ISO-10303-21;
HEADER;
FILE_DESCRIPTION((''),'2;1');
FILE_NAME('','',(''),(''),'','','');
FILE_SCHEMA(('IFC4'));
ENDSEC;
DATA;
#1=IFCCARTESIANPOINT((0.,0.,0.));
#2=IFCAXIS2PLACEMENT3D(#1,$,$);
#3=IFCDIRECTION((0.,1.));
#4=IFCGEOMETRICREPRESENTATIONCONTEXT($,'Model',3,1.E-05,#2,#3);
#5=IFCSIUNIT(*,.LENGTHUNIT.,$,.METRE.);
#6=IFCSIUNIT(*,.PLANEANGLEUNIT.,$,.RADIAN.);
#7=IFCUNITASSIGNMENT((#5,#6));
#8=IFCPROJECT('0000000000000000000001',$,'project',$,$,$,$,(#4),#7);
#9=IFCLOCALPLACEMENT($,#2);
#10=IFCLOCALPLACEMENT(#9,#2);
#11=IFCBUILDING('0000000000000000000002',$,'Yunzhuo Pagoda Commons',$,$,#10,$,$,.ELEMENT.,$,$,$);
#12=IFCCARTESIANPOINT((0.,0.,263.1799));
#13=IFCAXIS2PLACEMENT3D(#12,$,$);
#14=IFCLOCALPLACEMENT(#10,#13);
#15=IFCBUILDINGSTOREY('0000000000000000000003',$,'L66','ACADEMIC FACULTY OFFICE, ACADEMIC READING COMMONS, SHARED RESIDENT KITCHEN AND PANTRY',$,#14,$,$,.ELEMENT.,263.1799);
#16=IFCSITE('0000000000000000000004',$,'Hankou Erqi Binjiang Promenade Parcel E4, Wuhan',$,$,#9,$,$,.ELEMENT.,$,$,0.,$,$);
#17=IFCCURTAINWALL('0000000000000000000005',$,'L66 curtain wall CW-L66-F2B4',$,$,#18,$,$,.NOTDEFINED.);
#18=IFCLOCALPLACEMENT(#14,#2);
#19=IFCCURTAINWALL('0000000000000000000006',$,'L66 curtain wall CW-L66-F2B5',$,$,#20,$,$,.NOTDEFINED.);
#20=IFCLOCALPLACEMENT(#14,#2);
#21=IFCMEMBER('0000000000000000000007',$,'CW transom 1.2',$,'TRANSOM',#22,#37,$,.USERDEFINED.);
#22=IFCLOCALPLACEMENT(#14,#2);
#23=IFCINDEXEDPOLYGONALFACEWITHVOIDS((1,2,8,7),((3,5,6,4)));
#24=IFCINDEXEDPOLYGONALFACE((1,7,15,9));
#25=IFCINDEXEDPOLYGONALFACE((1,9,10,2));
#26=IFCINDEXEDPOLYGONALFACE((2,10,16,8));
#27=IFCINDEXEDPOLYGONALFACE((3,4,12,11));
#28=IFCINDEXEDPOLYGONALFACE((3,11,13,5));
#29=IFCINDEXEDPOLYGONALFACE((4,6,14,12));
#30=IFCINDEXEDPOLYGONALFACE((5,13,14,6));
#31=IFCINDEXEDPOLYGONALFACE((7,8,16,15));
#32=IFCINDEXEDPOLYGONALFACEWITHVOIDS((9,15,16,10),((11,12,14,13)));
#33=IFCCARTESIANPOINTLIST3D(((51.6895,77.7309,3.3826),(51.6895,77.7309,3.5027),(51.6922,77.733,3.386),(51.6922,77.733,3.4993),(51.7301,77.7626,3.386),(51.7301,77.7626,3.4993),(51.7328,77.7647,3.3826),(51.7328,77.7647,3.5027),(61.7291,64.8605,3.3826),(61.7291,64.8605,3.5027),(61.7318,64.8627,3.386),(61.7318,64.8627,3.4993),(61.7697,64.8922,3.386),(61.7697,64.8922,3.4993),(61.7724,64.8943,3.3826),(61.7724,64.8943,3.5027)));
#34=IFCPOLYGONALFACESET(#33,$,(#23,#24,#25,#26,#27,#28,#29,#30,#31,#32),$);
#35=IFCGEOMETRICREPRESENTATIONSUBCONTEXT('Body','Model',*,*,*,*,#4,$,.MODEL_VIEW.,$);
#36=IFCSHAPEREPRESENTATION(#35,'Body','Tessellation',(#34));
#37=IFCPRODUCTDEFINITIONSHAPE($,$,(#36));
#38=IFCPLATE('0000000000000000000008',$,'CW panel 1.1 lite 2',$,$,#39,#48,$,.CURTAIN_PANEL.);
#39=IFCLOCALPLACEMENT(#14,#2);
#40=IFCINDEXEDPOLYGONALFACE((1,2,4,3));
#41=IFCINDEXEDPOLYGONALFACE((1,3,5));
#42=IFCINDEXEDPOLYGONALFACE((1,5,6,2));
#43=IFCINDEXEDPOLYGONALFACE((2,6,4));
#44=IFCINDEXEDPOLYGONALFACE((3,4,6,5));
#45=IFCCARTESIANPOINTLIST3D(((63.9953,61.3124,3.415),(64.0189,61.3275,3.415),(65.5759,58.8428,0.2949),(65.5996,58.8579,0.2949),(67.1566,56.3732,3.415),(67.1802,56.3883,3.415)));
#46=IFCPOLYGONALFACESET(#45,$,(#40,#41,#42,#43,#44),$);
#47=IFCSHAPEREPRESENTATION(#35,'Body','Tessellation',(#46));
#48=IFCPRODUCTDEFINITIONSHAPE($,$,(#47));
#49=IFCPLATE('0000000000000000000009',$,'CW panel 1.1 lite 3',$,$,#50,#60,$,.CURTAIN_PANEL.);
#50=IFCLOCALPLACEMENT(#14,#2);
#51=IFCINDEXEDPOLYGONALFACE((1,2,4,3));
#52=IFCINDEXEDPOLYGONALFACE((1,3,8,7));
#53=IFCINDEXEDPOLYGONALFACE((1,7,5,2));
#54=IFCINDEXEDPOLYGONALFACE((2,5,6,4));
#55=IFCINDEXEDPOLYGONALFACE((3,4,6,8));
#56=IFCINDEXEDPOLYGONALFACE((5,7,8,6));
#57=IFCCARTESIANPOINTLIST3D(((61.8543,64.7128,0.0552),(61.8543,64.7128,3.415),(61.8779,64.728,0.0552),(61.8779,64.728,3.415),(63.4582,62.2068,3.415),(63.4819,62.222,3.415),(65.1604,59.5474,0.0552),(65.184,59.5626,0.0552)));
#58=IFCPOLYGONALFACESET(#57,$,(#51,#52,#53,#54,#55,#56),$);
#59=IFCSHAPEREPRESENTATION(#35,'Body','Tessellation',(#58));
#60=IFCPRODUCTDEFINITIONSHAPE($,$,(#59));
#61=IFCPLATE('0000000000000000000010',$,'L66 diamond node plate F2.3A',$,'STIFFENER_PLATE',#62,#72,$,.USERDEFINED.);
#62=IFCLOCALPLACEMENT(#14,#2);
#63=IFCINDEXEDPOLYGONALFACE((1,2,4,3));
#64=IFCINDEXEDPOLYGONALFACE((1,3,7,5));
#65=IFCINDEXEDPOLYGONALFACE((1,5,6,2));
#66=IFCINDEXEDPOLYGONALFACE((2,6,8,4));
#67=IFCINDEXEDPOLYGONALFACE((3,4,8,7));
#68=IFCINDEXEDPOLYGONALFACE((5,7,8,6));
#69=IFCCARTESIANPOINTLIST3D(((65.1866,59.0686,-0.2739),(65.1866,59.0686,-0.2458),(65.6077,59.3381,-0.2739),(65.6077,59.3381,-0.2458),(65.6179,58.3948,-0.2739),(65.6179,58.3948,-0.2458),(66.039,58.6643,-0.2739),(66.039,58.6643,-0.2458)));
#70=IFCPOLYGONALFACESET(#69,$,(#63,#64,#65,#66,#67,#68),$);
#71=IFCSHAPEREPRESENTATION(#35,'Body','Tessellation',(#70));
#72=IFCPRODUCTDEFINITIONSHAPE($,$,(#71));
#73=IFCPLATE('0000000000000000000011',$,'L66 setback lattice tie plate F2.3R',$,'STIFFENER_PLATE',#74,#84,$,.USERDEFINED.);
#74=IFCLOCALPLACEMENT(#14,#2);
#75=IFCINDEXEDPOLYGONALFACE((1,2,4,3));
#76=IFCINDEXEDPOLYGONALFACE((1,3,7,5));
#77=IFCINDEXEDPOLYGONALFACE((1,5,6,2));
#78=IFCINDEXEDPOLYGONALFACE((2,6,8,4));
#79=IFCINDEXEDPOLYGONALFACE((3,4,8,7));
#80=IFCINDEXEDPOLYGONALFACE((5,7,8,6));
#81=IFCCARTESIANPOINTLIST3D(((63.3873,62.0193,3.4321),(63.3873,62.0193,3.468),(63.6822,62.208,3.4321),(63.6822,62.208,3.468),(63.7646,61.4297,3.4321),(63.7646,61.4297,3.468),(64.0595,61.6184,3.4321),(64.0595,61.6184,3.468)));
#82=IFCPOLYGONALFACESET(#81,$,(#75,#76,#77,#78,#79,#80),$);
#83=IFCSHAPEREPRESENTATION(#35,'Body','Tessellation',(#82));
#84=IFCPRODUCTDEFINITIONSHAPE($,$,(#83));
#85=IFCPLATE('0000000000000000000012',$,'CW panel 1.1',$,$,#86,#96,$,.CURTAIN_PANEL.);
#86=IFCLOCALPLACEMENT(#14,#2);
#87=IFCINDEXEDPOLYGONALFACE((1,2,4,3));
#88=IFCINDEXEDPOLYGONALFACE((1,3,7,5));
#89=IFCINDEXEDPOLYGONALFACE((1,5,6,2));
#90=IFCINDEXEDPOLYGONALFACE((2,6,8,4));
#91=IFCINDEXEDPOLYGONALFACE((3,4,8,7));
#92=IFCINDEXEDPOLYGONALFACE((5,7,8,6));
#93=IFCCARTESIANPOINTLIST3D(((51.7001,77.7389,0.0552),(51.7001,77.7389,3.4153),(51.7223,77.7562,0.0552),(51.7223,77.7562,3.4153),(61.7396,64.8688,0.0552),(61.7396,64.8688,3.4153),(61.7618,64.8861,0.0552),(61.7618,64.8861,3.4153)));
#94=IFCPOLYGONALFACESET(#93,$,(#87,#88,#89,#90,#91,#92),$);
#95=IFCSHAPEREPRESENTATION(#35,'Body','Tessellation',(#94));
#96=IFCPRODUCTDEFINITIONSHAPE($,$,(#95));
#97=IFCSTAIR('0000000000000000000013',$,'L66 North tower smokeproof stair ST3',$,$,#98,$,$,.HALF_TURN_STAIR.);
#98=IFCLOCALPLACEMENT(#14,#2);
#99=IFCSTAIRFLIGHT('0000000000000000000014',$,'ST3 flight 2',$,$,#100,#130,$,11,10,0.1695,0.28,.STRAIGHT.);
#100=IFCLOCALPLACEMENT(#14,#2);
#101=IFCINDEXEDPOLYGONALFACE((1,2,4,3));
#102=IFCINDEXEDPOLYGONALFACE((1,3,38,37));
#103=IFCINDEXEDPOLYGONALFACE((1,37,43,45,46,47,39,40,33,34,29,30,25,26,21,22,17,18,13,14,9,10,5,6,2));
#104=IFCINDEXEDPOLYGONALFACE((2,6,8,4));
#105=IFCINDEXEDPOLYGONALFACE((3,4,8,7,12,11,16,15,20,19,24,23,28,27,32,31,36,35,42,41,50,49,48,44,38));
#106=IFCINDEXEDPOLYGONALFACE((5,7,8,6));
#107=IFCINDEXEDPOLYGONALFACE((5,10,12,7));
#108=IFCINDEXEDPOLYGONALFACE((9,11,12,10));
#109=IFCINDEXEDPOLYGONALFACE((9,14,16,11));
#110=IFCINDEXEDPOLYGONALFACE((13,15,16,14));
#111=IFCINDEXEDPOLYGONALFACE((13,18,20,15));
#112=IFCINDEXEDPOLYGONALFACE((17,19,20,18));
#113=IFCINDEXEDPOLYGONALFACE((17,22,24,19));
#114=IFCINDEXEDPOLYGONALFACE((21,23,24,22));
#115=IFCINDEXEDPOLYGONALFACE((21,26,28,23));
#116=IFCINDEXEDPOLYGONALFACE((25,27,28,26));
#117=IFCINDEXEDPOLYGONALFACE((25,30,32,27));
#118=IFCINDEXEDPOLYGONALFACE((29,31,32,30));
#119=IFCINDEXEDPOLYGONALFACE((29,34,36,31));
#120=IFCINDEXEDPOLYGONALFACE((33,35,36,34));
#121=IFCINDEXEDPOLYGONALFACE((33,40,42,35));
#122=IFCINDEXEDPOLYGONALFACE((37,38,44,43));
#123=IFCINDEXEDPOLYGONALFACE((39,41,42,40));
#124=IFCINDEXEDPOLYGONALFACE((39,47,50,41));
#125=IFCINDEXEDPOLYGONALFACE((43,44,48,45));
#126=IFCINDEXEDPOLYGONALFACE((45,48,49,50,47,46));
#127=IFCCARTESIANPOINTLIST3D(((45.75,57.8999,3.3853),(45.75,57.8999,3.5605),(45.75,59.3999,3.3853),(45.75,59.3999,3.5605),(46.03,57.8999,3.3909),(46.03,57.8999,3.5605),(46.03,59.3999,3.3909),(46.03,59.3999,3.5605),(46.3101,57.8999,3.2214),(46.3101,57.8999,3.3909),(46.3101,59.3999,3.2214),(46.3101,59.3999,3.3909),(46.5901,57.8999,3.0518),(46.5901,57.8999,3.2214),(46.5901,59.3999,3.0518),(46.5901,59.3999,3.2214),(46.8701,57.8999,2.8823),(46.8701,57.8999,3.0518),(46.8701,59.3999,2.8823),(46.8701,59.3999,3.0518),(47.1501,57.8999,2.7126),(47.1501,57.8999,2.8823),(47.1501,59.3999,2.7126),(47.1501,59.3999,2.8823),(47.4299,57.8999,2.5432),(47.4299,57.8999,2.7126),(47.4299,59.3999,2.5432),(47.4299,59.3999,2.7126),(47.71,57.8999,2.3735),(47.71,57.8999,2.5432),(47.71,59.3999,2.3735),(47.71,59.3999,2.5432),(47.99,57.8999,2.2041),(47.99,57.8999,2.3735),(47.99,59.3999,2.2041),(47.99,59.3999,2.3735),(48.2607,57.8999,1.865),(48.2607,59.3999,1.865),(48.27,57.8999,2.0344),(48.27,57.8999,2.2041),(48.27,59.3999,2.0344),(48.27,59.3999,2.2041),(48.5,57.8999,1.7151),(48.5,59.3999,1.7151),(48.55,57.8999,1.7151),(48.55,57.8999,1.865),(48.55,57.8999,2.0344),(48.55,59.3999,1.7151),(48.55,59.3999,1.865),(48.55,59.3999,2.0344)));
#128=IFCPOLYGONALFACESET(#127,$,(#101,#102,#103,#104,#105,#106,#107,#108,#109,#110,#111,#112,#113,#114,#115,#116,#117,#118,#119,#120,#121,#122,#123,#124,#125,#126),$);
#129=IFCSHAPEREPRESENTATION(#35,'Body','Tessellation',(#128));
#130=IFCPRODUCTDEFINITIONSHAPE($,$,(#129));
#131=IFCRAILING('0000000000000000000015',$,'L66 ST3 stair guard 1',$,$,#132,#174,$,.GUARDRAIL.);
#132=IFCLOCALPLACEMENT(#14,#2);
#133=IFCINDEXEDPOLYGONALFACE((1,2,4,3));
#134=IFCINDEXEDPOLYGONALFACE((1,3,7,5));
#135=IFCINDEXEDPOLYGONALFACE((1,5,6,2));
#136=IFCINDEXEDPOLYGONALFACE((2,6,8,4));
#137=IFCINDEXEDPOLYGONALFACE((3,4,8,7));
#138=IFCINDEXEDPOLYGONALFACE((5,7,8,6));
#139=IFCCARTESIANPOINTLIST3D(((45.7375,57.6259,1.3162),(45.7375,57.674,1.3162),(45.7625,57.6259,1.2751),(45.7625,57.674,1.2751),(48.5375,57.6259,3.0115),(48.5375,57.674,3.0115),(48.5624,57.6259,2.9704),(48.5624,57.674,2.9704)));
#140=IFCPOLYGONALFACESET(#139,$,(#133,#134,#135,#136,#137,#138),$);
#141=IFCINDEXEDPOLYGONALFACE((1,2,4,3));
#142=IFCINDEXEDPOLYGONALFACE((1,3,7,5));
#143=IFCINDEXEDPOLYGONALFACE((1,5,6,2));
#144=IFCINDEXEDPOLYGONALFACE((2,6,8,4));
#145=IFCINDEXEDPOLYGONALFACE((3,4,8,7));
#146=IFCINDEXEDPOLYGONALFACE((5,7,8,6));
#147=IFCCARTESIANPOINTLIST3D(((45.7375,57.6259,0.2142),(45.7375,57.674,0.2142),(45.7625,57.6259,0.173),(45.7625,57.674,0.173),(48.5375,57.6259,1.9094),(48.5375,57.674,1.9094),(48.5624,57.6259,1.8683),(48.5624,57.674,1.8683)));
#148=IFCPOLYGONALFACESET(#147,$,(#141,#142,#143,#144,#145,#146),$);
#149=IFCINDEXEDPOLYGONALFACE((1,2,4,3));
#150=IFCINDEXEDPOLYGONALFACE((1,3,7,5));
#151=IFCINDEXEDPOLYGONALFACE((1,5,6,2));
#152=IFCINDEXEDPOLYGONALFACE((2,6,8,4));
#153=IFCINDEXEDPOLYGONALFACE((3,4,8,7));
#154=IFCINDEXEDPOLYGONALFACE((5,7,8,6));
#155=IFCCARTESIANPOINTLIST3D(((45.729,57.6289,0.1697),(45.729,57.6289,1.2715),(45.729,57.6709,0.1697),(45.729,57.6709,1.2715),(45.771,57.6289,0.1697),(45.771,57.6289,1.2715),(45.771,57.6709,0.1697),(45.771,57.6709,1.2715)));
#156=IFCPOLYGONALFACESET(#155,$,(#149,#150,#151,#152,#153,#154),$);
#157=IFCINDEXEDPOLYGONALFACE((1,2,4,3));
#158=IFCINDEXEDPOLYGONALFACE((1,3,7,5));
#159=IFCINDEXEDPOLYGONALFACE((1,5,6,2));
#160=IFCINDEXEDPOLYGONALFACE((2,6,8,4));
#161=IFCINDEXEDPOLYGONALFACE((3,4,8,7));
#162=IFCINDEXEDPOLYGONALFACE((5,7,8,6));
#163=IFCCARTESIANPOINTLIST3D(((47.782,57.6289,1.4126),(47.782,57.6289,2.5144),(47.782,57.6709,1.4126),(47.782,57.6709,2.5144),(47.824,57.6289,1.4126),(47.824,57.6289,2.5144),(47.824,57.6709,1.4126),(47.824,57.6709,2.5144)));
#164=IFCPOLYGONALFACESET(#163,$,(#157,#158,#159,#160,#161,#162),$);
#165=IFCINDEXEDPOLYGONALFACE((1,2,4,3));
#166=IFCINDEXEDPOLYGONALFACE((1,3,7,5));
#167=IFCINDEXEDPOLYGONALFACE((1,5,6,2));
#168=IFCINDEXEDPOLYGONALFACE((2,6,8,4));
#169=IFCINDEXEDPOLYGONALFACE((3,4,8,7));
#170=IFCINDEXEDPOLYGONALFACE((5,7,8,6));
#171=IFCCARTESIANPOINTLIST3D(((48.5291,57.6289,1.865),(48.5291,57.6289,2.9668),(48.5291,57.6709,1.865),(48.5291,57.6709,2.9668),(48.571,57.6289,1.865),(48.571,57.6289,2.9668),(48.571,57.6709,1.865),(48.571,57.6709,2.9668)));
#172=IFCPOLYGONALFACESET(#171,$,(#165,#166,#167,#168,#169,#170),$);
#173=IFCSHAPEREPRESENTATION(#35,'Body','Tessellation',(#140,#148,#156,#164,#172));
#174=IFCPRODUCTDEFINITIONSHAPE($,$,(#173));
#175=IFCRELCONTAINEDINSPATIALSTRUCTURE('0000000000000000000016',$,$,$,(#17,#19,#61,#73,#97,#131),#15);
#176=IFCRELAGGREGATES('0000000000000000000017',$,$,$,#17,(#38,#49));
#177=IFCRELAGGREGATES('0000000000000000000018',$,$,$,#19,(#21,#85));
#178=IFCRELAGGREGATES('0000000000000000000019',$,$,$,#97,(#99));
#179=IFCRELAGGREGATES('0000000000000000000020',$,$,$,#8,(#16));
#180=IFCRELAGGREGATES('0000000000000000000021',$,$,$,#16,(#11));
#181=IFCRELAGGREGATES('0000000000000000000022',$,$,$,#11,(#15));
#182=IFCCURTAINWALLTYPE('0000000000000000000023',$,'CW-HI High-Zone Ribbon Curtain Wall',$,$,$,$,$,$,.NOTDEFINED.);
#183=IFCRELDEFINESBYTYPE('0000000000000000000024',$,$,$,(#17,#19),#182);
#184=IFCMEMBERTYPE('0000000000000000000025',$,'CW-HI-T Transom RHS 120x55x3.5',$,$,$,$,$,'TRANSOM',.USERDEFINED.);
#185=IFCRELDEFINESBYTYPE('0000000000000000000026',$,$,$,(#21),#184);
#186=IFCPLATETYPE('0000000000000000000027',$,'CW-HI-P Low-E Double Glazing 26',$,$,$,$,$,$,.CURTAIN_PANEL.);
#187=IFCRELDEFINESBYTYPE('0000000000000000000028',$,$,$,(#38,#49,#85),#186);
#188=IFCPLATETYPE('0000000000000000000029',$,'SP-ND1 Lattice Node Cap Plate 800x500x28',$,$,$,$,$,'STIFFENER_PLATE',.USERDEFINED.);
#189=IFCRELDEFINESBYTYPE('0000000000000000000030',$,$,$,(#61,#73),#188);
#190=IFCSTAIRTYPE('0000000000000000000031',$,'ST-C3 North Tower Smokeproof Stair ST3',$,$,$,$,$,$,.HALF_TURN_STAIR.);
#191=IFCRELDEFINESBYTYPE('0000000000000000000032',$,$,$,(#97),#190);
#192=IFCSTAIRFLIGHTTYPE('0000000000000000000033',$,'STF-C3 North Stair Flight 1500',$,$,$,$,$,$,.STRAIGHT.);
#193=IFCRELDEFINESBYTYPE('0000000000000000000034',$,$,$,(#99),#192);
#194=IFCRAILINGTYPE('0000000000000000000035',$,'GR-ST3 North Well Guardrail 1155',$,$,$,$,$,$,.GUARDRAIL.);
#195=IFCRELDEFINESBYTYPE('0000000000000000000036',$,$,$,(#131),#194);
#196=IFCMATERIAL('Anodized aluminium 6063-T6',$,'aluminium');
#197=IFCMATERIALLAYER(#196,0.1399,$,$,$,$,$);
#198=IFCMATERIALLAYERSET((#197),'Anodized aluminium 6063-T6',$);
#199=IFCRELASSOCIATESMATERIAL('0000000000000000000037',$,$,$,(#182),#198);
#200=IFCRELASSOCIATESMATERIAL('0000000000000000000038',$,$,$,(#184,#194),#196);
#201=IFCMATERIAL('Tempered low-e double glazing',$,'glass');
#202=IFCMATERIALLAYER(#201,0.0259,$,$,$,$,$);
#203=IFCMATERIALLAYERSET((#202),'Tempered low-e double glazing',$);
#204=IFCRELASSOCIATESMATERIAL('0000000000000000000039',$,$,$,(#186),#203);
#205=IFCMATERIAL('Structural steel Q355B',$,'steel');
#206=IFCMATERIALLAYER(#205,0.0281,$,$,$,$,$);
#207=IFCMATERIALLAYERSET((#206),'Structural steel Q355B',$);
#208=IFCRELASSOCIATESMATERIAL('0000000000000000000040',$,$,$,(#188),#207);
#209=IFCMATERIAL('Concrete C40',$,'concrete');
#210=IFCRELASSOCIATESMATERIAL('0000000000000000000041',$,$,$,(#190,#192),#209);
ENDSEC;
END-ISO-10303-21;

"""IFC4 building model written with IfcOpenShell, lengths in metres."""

from ifc_helpers import new_model, si_unit, direction, frame, origin, origin_2d, place, context, subcontext, project, spatial, polyline, rectangle, hollow_rectangle, outline, extrude, source, transform, mapped, material, layer, layer_set, material_profile, profile_set, type_object, element, aggregate, save


model = new_model("IFC4")

# Units and contexts
model_context = context("Model", 3, precision=1e-05, world=origin(), true_north=direction((0.0, 1.0)))
body_context = subcontext(model_context, "Body", "Model", "MODEL_VIEW")
ifc_project = project(units=[si_unit("LENGTHUNIT", "METRE"), si_unit("PLANEANGLEUNIT", "RADIAN")], contexts=[model_context])

# Site, building, storey
site_placement = place(None, origin())
site = spatial("IfcSite", under=ifc_project, at=site_placement, Name="Hankou Erqi Binjiang Promenade Parcel E4, Wuhan", CompositionType="ELEMENT", RefElevation=0.0)
building_placement = place(site_placement, origin())
building = spatial("IfcBuilding", under=site, at=building_placement, Name="Yunzhuo Pagoda Commons", CompositionType="ELEMENT")
storey_placement = place(building_placement, frame((0.0, 0.0, 263.1799)))
storey = spatial("IfcBuildingStorey", under=building, at=storey_placement, Name="L66", Description="ACADEMIC FACULTY OFFICE, ACADEMIC READING COMMONS, SHARED RESIDENT KITCHEN AND PANTRY", CompositionType="ELEMENT", Elevation=263.1799)

# Shared definitions
ifc_material_1 = material(Name="Structural steel Q355B", Category="steel")

# Curtain wall
ifc_material_2 = material(Name="Anodized aluminium 6063-T6", Category="aluminium")
ifc_layer_1 = layer(ifc_material_2, 0.1399)
ifc_layer_set_1 = layer_set([ifc_layer_1], Name="Anodized aluminium 6063-T6")
curtain_wall_type = type_object("IfcCurtainWallType", Name="CW-HI High-Zone Ribbon Curtain Wall", PredefinedType="NOTDEFINED", material=ifc_layer_set_1)
curtain_wall_1_placement = place(storey_placement, origin())
curtain_wall_1 = element("IfcCurtainWall", 1, at=curtain_wall_1_placement, inside=storey, type_object=curtain_wall_type, Name="L66 curtain wall CW-L66-F2B4", PredefinedType="NOTDEFINED")

# Curtain wall, member
curtain_wall_2_placement = place(storey_placement, origin())
curtain_wall_2 = element("IfcCurtainWall", 2, at=curtain_wall_2_placement, inside=storey, type_object=curtain_wall_type, Name="L66 curtain wall CW-L66-F2B5", PredefinedType="NOTDEFINED")
ifc_material_profile_1 = material_profile(ifc_material_2, hollow_rectangle(XDim=0.0549, YDim=0.1201, WallThickness=0.0034, at=origin_2d()), Name="Anodized aluminium 6063-T6")
ifc_profile_set_1 = profile_set([ifc_material_profile_1], Name="Anodized aluminium 6063-T6")
member_type_1 = type_object("IfcMemberType", Name="CW-HI-T Transom RHS 120x55x3.5", ElementType="TRANSOM", PredefinedType="USERDEFINED", material=ifc_profile_set_1)
shared_shape_1 = source(origin(), body_context, "Body", "SweptSolid", [
    extrude(hollow_rectangle(XDim=0.0549, YDim=0.1201, WallThickness=0.0034, at=origin_2d()), origin(), (0.0, 0.0, 1.0), 16.323),
])
member_1_placement = place(storey_placement, frame((61.7507, 64.8774, 3.4426), z_axis=(-0.615057, 0.788482, 0.0), x_axis=(-0.788482, -0.615057, 0.0)))
member_1 = element("IfcMember", 3, at=member_1_placement, type_object=member_type_1, Name="CW transom 1.2", ObjectType="TRANSOM", PredefinedType="USERDEFINED", context=body_context, shape_type="MappedRepresentation", body=[
    mapped(shared_shape_1, transform((0.0, 0.0, 0.0), scale=1.0)),
])

# Plates
ifc_material_3 = material(Name="Tempered low-e double glazing", Category="glass")
ifc_layer_2 = layer(ifc_material_3, 0.0259)
ifc_layer_set_2 = layer_set([ifc_layer_2], Name="Tempered low-e double glazing")
plate_type_1 = type_object("IfcPlateType", Name="CW-HI-P Low-E Double Glazing 26", PredefinedType="CURTAIN_PANEL", material=ifc_layer_set_2)
plate_1_placement = place(storey_placement, frame((65.5759, 58.8428, 1.855), z_axis=(0.842256, 0.539078, 0.0), x_axis=(-0.539078, 0.842256, 0.0)))
plate_1 = element("IfcPlate", 4, at=plate_1_placement, type_object=plate_type_1, Name="CW panel 1.1 lite 2", PredefinedType="CURTAIN_PANEL", context=body_context, shape_type="SweptSolid", body=[
    extrude(outline(polyline([(-2.9321, 1.5601), (0.0, -1.5601), (2.9321, 1.5601), (-2.9321, 1.5601)])), origin(), (0.0, 0.0, 1.0), 0.0281),
])
plate_2_placement = place(storey_placement, frame((63.5073, 62.1301, 1.7351), z_axis=(0.842256, 0.539078, 0.0), x_axis=(-0.539078, 0.842256, 0.0)))
plate_2 = element("IfcPlate", 5, at=plate_2_placement, type_object=plate_type_1, Name="CW panel 1.1 lite 3", PredefinedType="CURTAIN_PANEL", context=body_context, shape_type="SweptSolid", body=[
    extrude(outline(polyline([(-3.0664, -1.6799), (3.0664, -1.6799), (3.0664, 1.6799), (0.0911, 1.6799), (-3.0664, -1.6799)])), origin(), (0.0, 0.0, 1.0), 0.0281),
])
aggregate(curtain_wall_1, [plate_1, plate_2])

# Plates
ifc_layer_3 = layer(ifc_material_1, 0.0281)
ifc_layer_set_3 = layer_set([ifc_layer_3], Name="Structural steel Q355B")
plate_type_2 = type_object("IfcPlateType", Name="SP-ND1 Lattice Node Cap Plate 800x500x28", ElementType="STIFFENER_PLATE", PredefinedType="USERDEFINED", material=ifc_layer_set_3)
shared_shape_2 = source(origin(), body_context, "Body", "SweptSolid", [
    extrude(rectangle(XDim=0.8, YDim=0.5, at=origin_2d()), origin(), (0.0, 0.0, 1.0), 0.0281),
])
plate_3_placement = place(storey_placement, frame((65.6128, 58.8665, -0.2739), z_axis=(0.0, 0.0, 1.0), x_axis=(-0.53908, 0.842255, 0.0)))
element("IfcPlate", 6, at=plate_3_placement, inside=storey, type_object=plate_type_2, Name="L66 diamond node plate F2.3A", ObjectType="STIFFENER_PLATE", PredefinedType="USERDEFINED", context=body_context, shape_type="MappedRepresentation", body=[
    mapped(shared_shape_2, transform((0.0, 0.0, 0.0), scale=1.0)),
])
shared_shape_3 = source(origin(), body_context, "Body", "SweptSolid", [
    extrude(rectangle(XDim=0.7, YDim=0.3501, at=origin_2d()), origin(), (0.0, 0.0, 1.0), 0.0359),
])
plate_4_placement = place(storey_placement, frame((63.7234, 61.8188, 3.4321), z_axis=(0.0, 0.0, 1.0), x_axis=(-0.53908, 0.842255, 0.0)))
element("IfcPlate", 7, at=plate_4_placement, inside=storey, type_object=plate_type_2, Name="L66 setback lattice tie plate F2.3R", ObjectType="STIFFENER_PLATE", PredefinedType="USERDEFINED", context=body_context, shape_type="MappedRepresentation", body=[
    mapped(shared_shape_3, transform((0.0, 0.0, 0.0), scale=1.0)),
])

# Plate
shared_shape_4 = source(origin(), body_context, "Body", "SweptSolid", [
    extrude(rectangle(XDim=16.3228, YDim=0.0281, at=origin_2d()), origin(), (0.0, 0.0, 1.0), 3.3601),
])
plate_5_placement = place(storey_placement, frame((56.731, 71.3125, 0.0552), z_axis=(0.0, 0.0, 1.0), x_axis=(-0.61506, 0.78848, 0.0)))
plate_5 = element("IfcPlate", 8, at=plate_5_placement, type_object=plate_type_1, Name="CW panel 1.1", PredefinedType="CURTAIN_PANEL", context=body_context, shape_type="MappedRepresentation", body=[
    mapped(shared_shape_4, transform((0.0, 0.0, 0.0), scale=1.0)),
])
aggregate(curtain_wall_2, [member_1, plate_5])

# Stair, stair flight
ifc_material_4 = material(Name="Concrete C40", Category="concrete")
stair_type = type_object("IfcStairType", Name="ST-C3 North Tower Smokeproof Stair ST3", PredefinedType="HALF_TURN_STAIR", material=ifc_material_4)
stair_placement = place(storey_placement, origin())
stair = element("IfcStair", 9, at=stair_placement, inside=storey, type_object=stair_type, Name="L66 North tower smokeproof stair ST3", PredefinedType="HALF_TURN_STAIR")
stair_flight_type = type_object("IfcStairFlightType", Name="STF-C3 North Stair Flight 1500", PredefinedType="STRAIGHT", material=ifc_material_4)
shared_shape_5 = source(origin(), body_context, "Body", "SweptSolid", [
    extrude(outline(polyline([(0.0, -0.1499), (0.0, 0.0), (0.0, 0.1694), (0.28, 0.1694), (0.28, 0.3391), (0.5601, 0.3391), (0.5601, 0.5085), (0.8401, 0.5085), (0.8401, 0.6782), (1.1201, 0.6782), (1.1201, 0.8477), (1.3999, 0.8477), (1.3999, 1.0173), (1.6799, 1.0173), (1.6799, 1.1868), (1.96, 1.1868), (1.96, 1.3564), (2.24, 1.3564), (2.24, 1.5259), (2.52, 1.5259), (2.52, 1.6956), (2.8, 1.6956), (2.8, 1.865), (2.8, 1.5203), (0.2893, 0.0), (0.05, -0.1499), (0.0, -0.1499)])), frame((0.0, 0.75, 0.0), z_axis=(0.0, -1.0, 0.0), x_axis=(1.0, 0.0, 0.0)), (0.0, 0.0, 1.0), 1.5),
])
stair_flight_placement = place(storey_placement, frame((48.55, 58.6499, 1.865), z_axis=(0.0, 0.0, 1.0), x_axis=(-1.0, 0.0, 0.0)))
stair_flight = element("IfcStairFlight", 10, at=stair_flight_placement, type_object=stair_flight_type, Name="ST3 flight 2", NumberOfRisers=11, NumberOfTreads=10, PredefinedType="STRAIGHT", RiserHeight=0.1695, TreadLength=0.28, context=body_context, shape_type="MappedRepresentation", body=[
    mapped(shared_shape_5, transform((0.0, 0.0, 0.0), scale=1.0)),
])
aggregate(stair, [stair_flight])

# Railing
railing_type_1 = type_object("IfcRailingType", Name="GR-ST3 North Well Guardrail 1155", PredefinedType="GUARDRAIL", material=ifc_material_2)
railing_1_placement = place(storey_placement, frame((45.75, 57.6499, 0.1697)))
element("IfcRailing", 11, at=railing_1_placement, inside=storey, type_object=railing_type_1, Name="L66 ST3 stair guard 1", PredefinedType="GUARDRAIL", context=body_context, shape_type="SweptSolid", body=[
    extrude(rectangle(XDim=0.0481, YDim=0.0481, at=origin_2d()), frame((0.0, 0.0, 1.126), z_axis=(0.855426, 0.0, 0.517925), x_axis=(0.0, 1.0, 0.0)), (0.0, 0.0, 1.0), 3.2732),
    extrude(rectangle(XDim=0.0481, YDim=0.0481, at=origin_2d()), frame((0.0, 0.0, 0.0239), z_axis=(0.855426, 0.0, 0.517925), x_axis=(0.0, 1.0, 0.0)), (0.0, 0.0, 1.0), 3.2732),
    extrude(rectangle(XDim=0.042, YDim=0.042, at=origin_2d()), origin(), (0.0, 0.0, 1.0), 1.1018),
    extrude(rectangle(XDim=0.042, YDim=0.042, at=origin_2d()), frame((2.053, 0.0, 1.2429)), (0.0, 0.0, 1.0), 1.1018),
    extrude(rectangle(XDim=0.042, YDim=0.042, at=origin_2d()), frame((2.8, 0.0, 1.6953)), (0.0, 0.0, 1.0), 1.1018),
])

save(model, "model.ifc")
